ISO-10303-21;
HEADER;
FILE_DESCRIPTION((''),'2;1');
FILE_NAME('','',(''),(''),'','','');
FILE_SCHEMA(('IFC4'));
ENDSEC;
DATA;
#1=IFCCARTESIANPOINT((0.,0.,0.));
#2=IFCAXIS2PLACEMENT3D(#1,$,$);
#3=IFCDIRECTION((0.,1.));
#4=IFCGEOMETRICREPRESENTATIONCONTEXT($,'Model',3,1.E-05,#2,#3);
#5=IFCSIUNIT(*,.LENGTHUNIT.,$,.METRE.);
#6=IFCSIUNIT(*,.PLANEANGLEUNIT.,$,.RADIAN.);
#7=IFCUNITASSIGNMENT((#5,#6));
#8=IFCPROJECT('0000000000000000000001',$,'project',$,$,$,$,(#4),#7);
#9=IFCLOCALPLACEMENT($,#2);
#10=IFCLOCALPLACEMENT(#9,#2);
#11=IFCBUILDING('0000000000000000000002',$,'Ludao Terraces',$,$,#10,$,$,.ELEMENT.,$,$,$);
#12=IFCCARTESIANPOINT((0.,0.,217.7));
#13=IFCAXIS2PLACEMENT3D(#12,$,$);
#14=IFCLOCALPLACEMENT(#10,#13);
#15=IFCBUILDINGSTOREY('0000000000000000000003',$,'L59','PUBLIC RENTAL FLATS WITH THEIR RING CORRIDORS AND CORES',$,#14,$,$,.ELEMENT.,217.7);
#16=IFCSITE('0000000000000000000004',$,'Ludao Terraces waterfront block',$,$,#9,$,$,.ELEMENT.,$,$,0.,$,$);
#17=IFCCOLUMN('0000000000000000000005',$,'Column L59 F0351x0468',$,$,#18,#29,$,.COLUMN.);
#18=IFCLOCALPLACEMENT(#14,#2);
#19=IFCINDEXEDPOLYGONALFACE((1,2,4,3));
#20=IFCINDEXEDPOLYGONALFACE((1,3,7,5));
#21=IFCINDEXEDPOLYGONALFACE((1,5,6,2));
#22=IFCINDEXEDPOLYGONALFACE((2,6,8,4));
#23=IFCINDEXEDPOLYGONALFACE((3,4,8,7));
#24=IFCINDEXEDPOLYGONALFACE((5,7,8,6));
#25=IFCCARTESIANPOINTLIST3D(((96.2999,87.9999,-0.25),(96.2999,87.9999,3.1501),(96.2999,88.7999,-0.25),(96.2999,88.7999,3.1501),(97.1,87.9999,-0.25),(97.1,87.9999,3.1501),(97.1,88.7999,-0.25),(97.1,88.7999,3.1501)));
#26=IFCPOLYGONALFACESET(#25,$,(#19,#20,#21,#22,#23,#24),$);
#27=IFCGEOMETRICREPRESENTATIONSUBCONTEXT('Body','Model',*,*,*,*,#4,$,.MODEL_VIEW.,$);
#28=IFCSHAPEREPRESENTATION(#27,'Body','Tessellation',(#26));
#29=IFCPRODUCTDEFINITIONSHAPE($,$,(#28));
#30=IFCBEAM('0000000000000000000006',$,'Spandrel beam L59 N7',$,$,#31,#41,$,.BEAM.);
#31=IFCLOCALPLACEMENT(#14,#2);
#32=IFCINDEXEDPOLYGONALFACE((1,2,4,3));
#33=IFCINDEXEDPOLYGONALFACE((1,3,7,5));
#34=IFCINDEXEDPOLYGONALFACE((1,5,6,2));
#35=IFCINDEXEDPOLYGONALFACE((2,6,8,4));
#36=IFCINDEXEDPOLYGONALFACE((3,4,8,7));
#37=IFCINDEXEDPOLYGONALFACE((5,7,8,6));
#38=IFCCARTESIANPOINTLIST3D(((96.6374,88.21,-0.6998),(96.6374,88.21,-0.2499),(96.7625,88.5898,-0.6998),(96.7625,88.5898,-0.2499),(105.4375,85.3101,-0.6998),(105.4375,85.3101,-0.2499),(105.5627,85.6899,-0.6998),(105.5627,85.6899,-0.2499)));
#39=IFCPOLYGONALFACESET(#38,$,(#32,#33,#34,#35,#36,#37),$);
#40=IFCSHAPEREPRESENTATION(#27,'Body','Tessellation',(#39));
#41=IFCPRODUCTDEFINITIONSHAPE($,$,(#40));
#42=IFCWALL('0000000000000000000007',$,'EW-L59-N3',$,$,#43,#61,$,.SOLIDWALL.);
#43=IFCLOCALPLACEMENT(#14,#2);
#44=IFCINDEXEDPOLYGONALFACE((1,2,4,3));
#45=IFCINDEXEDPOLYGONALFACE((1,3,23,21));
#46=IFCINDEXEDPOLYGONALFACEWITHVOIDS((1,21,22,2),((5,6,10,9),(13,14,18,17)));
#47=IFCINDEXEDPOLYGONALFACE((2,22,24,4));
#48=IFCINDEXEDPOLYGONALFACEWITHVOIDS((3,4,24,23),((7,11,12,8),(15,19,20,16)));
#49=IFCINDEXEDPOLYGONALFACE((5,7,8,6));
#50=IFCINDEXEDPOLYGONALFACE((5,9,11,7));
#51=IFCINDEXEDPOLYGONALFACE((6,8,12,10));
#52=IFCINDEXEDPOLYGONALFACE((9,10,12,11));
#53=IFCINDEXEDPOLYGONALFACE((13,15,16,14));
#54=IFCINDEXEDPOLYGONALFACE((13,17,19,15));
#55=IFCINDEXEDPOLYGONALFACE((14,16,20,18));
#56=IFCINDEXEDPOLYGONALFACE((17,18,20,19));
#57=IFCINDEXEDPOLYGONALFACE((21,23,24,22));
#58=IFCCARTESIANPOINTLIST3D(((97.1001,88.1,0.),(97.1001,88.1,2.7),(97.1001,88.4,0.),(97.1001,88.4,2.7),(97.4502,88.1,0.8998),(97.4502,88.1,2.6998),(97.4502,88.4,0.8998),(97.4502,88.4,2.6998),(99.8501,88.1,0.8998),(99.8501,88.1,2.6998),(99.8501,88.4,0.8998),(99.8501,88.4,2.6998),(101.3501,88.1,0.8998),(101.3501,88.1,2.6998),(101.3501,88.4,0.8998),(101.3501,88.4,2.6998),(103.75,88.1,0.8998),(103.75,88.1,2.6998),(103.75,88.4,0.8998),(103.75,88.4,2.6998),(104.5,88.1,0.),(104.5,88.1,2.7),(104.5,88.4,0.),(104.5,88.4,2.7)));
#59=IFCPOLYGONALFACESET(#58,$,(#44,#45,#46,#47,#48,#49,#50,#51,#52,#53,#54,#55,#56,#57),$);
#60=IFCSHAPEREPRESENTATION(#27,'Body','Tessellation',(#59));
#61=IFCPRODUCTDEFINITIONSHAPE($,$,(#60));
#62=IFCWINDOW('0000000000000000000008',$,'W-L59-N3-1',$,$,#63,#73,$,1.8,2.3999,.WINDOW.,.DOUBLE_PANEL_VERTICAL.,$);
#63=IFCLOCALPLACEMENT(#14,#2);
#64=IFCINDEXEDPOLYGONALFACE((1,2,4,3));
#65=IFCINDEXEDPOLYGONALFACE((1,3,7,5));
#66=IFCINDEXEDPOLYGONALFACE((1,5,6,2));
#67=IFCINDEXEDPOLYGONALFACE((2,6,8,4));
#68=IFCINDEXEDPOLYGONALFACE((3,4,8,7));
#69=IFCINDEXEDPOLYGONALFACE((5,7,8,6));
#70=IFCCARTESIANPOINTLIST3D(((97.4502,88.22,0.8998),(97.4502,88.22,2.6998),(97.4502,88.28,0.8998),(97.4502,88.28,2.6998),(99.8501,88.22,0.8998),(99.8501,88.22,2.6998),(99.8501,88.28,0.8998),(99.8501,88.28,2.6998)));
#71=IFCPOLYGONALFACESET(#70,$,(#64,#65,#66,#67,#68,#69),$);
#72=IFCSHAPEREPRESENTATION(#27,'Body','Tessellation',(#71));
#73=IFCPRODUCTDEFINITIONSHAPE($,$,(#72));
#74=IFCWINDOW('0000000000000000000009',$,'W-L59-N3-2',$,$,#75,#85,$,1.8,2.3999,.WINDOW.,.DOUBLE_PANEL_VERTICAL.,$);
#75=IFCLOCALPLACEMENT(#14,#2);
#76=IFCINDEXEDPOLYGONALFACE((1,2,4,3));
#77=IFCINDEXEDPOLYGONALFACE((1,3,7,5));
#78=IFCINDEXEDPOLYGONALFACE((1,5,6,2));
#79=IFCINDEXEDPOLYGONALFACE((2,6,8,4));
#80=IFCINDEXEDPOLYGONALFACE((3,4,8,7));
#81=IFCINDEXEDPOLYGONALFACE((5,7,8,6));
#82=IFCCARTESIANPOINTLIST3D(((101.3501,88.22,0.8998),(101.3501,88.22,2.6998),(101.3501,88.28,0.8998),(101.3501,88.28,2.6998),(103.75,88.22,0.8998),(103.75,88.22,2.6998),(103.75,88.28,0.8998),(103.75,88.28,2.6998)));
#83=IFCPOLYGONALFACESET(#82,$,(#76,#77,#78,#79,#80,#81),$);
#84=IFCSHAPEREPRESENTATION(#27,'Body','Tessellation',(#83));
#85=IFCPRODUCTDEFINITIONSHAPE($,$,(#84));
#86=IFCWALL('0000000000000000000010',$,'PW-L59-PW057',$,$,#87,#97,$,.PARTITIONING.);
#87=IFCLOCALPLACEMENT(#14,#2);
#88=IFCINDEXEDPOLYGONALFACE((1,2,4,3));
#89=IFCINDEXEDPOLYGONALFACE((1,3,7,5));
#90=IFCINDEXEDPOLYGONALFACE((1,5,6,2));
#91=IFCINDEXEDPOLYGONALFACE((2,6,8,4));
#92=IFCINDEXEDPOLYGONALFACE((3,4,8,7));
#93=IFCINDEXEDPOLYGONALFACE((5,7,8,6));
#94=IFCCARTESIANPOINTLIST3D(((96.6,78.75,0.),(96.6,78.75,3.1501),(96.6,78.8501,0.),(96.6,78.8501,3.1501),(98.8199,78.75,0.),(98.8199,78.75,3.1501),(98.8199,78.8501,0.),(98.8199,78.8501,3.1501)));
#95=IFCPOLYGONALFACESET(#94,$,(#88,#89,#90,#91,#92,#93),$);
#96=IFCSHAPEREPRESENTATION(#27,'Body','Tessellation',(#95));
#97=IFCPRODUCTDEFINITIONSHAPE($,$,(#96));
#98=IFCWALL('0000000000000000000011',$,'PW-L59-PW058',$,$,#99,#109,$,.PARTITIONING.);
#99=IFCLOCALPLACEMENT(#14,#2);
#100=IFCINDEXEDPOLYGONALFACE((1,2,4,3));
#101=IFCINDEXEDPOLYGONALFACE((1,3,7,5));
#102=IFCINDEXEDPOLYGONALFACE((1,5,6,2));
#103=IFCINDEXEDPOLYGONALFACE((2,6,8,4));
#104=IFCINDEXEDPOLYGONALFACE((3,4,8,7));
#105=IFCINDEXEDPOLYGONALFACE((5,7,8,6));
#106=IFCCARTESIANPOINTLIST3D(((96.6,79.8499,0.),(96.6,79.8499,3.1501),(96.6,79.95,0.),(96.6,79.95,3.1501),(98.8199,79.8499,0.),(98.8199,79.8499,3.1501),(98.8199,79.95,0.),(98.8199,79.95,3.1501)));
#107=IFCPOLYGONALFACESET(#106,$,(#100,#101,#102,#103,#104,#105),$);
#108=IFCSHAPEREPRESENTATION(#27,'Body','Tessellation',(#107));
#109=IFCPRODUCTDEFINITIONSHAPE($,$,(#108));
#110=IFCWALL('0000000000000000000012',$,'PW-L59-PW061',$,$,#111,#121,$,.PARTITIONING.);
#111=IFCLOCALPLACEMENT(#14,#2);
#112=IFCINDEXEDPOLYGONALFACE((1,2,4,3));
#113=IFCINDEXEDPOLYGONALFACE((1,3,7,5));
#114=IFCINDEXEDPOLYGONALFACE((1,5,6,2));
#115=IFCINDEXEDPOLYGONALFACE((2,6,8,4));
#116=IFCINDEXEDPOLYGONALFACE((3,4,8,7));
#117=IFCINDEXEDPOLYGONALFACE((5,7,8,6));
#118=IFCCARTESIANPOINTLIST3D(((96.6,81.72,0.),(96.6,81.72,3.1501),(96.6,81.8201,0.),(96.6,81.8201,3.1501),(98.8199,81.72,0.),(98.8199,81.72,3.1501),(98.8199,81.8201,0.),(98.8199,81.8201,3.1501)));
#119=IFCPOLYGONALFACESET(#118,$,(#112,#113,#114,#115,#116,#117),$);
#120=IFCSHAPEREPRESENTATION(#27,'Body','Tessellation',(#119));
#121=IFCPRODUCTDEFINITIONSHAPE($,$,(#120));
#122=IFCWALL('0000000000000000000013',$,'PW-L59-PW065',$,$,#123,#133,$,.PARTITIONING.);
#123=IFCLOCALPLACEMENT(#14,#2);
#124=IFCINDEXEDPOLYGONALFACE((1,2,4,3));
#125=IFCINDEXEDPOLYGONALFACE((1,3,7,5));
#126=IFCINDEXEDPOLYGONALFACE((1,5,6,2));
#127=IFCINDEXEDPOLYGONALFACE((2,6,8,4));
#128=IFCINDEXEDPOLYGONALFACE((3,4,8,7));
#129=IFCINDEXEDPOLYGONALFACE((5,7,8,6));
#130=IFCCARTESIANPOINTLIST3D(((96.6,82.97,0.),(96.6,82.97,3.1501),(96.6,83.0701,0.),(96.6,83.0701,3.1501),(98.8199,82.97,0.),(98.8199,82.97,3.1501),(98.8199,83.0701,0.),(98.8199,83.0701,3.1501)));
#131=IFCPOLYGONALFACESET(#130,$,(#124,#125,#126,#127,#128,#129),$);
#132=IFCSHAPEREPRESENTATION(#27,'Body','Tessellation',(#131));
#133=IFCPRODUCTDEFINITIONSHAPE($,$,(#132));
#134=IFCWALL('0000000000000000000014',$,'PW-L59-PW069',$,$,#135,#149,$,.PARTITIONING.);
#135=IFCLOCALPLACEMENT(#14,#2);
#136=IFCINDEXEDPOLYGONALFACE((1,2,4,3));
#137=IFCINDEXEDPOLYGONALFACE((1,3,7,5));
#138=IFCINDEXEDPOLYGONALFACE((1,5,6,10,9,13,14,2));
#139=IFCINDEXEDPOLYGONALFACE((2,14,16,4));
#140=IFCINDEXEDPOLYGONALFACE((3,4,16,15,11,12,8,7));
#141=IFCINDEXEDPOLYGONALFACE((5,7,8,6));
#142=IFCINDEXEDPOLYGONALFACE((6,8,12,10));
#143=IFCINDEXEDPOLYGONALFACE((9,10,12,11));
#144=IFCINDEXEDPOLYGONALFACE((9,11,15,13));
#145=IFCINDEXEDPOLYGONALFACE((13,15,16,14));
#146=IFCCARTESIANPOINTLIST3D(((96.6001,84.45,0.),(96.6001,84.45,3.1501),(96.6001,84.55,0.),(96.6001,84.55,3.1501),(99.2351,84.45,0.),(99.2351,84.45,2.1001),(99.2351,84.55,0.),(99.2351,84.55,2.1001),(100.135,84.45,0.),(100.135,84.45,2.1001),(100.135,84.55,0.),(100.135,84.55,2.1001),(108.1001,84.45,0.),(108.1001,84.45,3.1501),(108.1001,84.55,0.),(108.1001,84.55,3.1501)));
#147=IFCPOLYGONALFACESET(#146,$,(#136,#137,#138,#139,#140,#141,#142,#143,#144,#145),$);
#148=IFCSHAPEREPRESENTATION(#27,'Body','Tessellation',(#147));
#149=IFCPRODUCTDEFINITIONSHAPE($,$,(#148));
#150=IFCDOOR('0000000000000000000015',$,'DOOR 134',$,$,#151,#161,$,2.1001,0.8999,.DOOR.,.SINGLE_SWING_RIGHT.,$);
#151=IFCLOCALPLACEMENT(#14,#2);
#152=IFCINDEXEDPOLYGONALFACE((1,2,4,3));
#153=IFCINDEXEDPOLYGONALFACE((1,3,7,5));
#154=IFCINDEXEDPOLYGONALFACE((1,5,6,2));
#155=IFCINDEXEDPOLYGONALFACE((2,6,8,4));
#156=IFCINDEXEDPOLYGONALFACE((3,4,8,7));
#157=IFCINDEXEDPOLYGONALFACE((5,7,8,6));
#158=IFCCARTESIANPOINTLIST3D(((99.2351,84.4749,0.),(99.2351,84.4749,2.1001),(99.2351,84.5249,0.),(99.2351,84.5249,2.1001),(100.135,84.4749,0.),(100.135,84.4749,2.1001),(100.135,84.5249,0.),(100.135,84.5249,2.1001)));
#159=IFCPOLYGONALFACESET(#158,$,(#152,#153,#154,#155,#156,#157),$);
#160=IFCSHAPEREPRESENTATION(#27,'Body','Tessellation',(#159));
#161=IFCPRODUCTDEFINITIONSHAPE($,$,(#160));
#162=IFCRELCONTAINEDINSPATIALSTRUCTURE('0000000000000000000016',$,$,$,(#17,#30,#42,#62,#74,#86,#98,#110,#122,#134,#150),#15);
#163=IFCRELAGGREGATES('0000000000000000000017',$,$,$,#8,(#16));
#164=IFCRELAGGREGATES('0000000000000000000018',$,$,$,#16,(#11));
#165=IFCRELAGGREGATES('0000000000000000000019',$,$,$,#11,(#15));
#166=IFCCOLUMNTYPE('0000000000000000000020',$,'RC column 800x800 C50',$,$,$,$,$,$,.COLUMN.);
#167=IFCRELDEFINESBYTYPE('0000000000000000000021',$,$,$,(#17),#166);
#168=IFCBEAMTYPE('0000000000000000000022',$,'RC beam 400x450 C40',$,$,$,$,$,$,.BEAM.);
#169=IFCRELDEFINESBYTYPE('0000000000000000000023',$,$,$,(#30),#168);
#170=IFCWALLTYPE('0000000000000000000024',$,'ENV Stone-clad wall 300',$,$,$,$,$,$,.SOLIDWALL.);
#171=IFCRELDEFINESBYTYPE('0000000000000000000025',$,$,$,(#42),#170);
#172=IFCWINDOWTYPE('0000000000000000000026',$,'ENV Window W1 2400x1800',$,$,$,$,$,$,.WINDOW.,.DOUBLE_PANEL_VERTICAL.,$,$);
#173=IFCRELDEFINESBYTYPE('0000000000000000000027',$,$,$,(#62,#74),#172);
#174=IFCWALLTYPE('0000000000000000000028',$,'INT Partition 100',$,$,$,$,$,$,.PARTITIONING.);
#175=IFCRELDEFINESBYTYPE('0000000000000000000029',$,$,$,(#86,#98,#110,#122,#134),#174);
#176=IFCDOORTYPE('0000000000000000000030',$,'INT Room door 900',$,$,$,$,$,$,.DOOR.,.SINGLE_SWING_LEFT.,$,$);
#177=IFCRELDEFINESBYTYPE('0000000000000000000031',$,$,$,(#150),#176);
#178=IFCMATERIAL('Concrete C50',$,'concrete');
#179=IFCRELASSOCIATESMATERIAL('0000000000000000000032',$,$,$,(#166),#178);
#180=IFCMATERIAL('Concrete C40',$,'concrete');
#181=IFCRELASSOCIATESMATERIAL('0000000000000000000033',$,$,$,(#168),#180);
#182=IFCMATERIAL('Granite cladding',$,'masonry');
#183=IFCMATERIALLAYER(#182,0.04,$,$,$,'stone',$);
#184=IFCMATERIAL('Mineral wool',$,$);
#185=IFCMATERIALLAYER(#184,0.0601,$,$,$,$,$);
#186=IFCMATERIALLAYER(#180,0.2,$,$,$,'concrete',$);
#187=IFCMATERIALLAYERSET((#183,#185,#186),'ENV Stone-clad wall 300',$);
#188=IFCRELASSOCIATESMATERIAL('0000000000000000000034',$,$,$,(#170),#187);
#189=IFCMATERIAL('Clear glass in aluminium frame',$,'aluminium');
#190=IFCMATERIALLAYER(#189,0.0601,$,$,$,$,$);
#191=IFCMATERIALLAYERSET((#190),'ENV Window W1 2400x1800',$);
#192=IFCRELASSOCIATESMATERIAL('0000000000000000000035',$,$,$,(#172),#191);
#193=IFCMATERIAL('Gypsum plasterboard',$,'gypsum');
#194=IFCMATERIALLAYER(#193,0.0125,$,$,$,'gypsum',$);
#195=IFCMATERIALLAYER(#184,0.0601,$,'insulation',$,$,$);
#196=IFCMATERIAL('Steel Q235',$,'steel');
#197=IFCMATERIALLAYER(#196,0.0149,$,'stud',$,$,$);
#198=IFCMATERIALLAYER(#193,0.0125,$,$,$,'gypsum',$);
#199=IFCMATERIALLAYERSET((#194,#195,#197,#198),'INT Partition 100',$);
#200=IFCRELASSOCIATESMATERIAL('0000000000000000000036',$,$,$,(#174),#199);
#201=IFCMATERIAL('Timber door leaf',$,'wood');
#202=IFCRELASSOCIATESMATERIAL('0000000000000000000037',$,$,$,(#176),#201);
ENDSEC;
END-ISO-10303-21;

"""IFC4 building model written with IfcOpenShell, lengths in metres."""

from ifc_helpers import new_model, si_unit, direction, frame, frame_2d, origin, origin_2d, place, context, subcontext, project, spatial, rectangle, extrude, material, layer, layer_set, material_profile, profile_set, type_object, element, fill, save


model = new_model("IFC4")

# Units and contexts
model_context = context("Model", 3, precision=1e-05, world=origin(), true_north=direction((0.0, 1.0)))
body_context = subcontext(model_context, "Body", "Model", "MODEL_VIEW")
ifc_project = project(units=[si_unit("LENGTHUNIT", "METRE"), si_unit("PLANEANGLEUNIT", "RADIAN")], contexts=[model_context])

# Site, building, storey
site_placement = place(None, origin())
site = spatial("IfcSite", under=ifc_project, at=site_placement, Name="Ludao Terraces waterfront block", CompositionType="ELEMENT", RefElevation=0.0)
building_placement = place(site_placement, origin())
building = spatial("IfcBuilding", under=site, at=building_placement, Name="Ludao Terraces", CompositionType="ELEMENT")
storey_placement = place(building_placement, frame((0.0, 0.0, 217.7)))
storey = spatial("IfcBuildingStorey", under=building, at=storey_placement, Name="L59", Description="PUBLIC RENTAL FLATS WITH THEIR RING CORRIDORS AND CORES", CompositionType="ELEMENT", Elevation=217.7)

# Column
ifc_material_1 = material(Name="Concrete C50", Category="concrete")
ifc_material_profile_1 = material_profile(ifc_material_1, rectangle(XDim=0.8, YDim=0.8, at=origin_2d()), Name="800 X 800")
ifc_profile_set_1 = profile_set([ifc_material_profile_1], Name="Concrete C50")
column_type = type_object("IfcColumnType", Name="RC column 800x800 C50", PredefinedType="COLUMN", material=ifc_profile_set_1)
column_placement = place(storey_placement, frame((96.7, 88.3999, -0.25), z_axis=(0.0, 0.0, 1.0), x_axis=(1.0, 0.0, 0.0)))
element("IfcColumn", 1, at=column_placement, inside=storey, type_object=column_type, Name="Column L59 F0351x0468", PredefinedType="COLUMN", context=body_context, shape_type="SweptSolid", body=[
    extrude(rectangle(XDim=0.8, YDim=0.8, at=origin_2d()), origin(), (0.0, 0.0, 1.0), 3.4001),
])

# Beam
ifc_material_2 = material(Name="Concrete C40", Category="concrete")
ifc_material_profile_2 = material_profile(ifc_material_2, rectangle(XDim=0.3999, YDim=0.45, at=origin_2d()), Name="400 X 450")
ifc_profile_set_2 = profile_set([ifc_material_profile_2], Name="Concrete C40")
beam_type = type_object("IfcBeamType", Name="RC beam 400x450 C40", PredefinedType="BEAM", material=ifc_profile_set_2)
beam_placement = place(storey_placement, frame((96.7, 88.3999, -0.4749), z_axis=(0.949761, -0.312977, 0.0), x_axis=(0.312977, 0.949761, 0.0)))
element("IfcBeam", 2, at=beam_placement, inside=storey, type_object=beam_type, Name="Spandrel beam L59 N7", PredefinedType="BEAM", context=body_context, shape_type="SweptSolid", body=[
    extrude(rectangle(XDim=0.3999, YDim=0.45, at=origin_2d()), origin(), (0.0, 0.0, 1.0), 9.2656),
])

# Wall, openings, windows
ifc_material_3 = material(Name="Granite cladding", Category="masonry")
ifc_layer_1 = layer(ifc_material_3, 0.04, Category="stone")
ifc_material_4 = material(Name="Mineral wool")
ifc_layer_2 = layer(ifc_material_4, 0.0601)
ifc_layer_3 = layer(ifc_material_2, 0.2, Category="concrete")
ifc_layer_set_1 = layer_set([ifc_layer_1, ifc_layer_2, ifc_layer_3], Name="ENV Stone-clad wall 300")
wall_type_1 = type_object("IfcWallType", Name="ENV Stone-clad wall 300", PredefinedType="SOLIDWALL", material=ifc_layer_set_1)
wall_1_placement = place(storey_placement, frame((97.1001, 88.25, 0.0), z_axis=(0.0, 0.0, 1.0), x_axis=(1.0, 0.0, 0.0)))
wall_1 = element("IfcWall", 3, at=wall_1_placement, inside=storey, type_object=wall_type_1, Name="EW-L59-N3", PredefinedType="SOLIDWALL", context=body_context, shape_type="SweptSolid", body=[
    extrude(rectangle(XDim=7.3999, YDim=0.3, at=frame_2d((3.7, 0.0))), origin(), (0.0, 0.0, 1.0), 2.7),
])
opening_1_placement = place(wall_1_placement, frame((0.3501, 0.0, 0.8999)))
opening_1 = element("IfcOpeningElement", 4, at=opening_1_placement, cuts=wall_1, PredefinedType="OPENING", context=body_context, shape_type="SweptSolid", body=[
    extrude(rectangle(XDim=2.3999, YDim=1.8, at=frame_2d((1.2, 0.8999))), frame((0.0, 0.1602, 0.0), z_axis=(0.0, -1.0, 0.0), x_axis=(1.0, 0.0, 0.0)), (0.0, 0.0, 1.0), 0.3201),
])
opening_2_placement = place(wall_1_placement, frame((4.25, 0.0, 0.8999)))
opening_2 = element("IfcOpeningElement", 5, at=opening_2_placement, cuts=wall_1, PredefinedType="OPENING", context=body_context, shape_type="SweptSolid", body=[
    extrude(rectangle(XDim=2.3999, YDim=1.8, at=frame_2d((1.2, 0.8999))), frame((0.0, 0.1602, 0.0), z_axis=(0.0, -1.0, 0.0), x_axis=(1.0, 0.0, 0.0)), (0.0, 0.0, 1.0), 0.3201),
])
ifc_material_5 = material(Name="Clear glass in aluminium frame", Category="aluminium")
ifc_layer_4 = layer(ifc_material_5, 0.0601)
ifc_layer_set_2 = layer_set([ifc_layer_4], Name="ENV Window W1 2400x1800")
window_type = type_object("IfcWindowType", Name="ENV Window W1 2400x1800", PartitioningType="DOUBLE_PANEL_VERTICAL", PredefinedType="WINDOW", material=ifc_layer_set_2)
window_1_placement = place(opening_1_placement, origin())
window_1 = element("IfcWindow", 6, at=window_1_placement, inside=storey, type_object=window_type, Name="W-L59-N3-1", OverallHeight=1.8, OverallWidth=2.3999, PartitioningType="DOUBLE_PANEL_VERTICAL", PredefinedType="WINDOW", context=body_context, shape_type="SweptSolid", body=[
    extrude(rectangle(XDim=2.3999, YDim=1.8, at=frame_2d((1.2, 0.8999))), frame((0.0, 0.03, 0.0), z_axis=(0.0, -1.0, 0.0), x_axis=(1.0, 0.0, 0.0)), (0.0, 0.0, 1.0), 0.0601),
])
fill(opening_1, window_1)
window_2_placement = place(opening_2_placement, origin())
window_2 = element("IfcWindow", 7, at=window_2_placement, inside=storey, type_object=window_type, Name="W-L59-N3-2", OverallHeight=1.8, OverallWidth=2.3999, PartitioningType="DOUBLE_PANEL_VERTICAL", PredefinedType="WINDOW", context=body_context, shape_type="SweptSolid", body=[
    extrude(rectangle(XDim=2.3999, YDim=1.8, at=frame_2d((1.2, 0.8999))), frame((0.0, 0.03, 0.0), z_axis=(0.0, -1.0, 0.0), x_axis=(1.0, 0.0, 0.0)), (0.0, 0.0, 1.0), 0.0601),
])
fill(opening_2, window_2)

# Walls
ifc_material_6 = material(Name="Gypsum plasterboard", Category="gypsum")
ifc_layer_5 = layer(ifc_material_6, 0.0125, Category="gypsum")
ifc_layer_6 = layer(ifc_material_4, 0.0601, Name="insulation")
ifc_material_7 = material(Name="Steel Q235", Category="steel")
ifc_layer_7 = layer(ifc_material_7, 0.0149, Name="stud")
ifc_layer_8 = layer(ifc_material_6, 0.0125, Category="gypsum")
ifc_layer_set_3 = layer_set([ifc_layer_5, ifc_layer_6, ifc_layer_7, ifc_layer_8], Name="INT Partition 100")
wall_type_2 = type_object("IfcWallType", Name="INT Partition 100", PredefinedType="PARTITIONING", material=ifc_layer_set_3)
for number, where, z_axis, x_axis, name in (
    (8, (96.6001, 78.8, 0.0), (0.0, 0.0, 1.0), (1.0, 0.0, 0.0), "PW-L59-PW057"),
    (9, (96.6001, 79.8999, 0.0), (0.0, 0.0, 1.0), (1.0, 0.0, 0.0), "PW-L59-PW058"),
    (10, (96.6001, 81.77, 0.0), (0.0, 0.0, 1.0), (1.0, 0.0, 0.0), "PW-L59-PW061"),
    (11, (96.6001, 83.02, 0.0), (0.0, 0.0, 1.0), (1.0, 0.0, 0.0), "PW-L59-PW065"),
):
    element("IfcWall", number, at=place(storey_placement, frame(where, z_axis=z_axis, x_axis=x_axis)), inside=storey, type_object=wall_type_2, Name=name, PredefinedType="PARTITIONING", context=body_context, shape_type="SweptSolid", body=[
        extrude(rectangle(XDim=2.22, YDim=0.1001, at=frame_2d((1.1099, 0.0))), origin(), (0.0, 0.0, 1.0), 3.1501),
    ])

# Wall, opening, door
wall_2_placement = place(storey_placement, frame((96.6001, 84.5, 0.0), z_axis=(0.0, 0.0, 1.0), x_axis=(1.0, 0.0, 0.0)))
wall_2 = element("IfcWall", 12, at=wall_2_placement, inside=storey, type_object=wall_type_2, Name="PW-L59-PW069", PredefinedType="PARTITIONING", context=body_context, shape_type="SweptSolid", body=[
    extrude(rectangle(XDim=11.5, YDim=0.1001, at=frame_2d((5.75, 0.0))), origin(), (0.0, 0.0, 1.0), 3.1501),
])
opening_3_placement = place(wall_2_placement, frame((2.635, 0.0, 0.0)))
opening_3 = element("IfcOpeningElement", 13, at=opening_3_placement, cuts=wall_2, PredefinedType="OPENING", context=body_context, shape_type="SweptSolid", body=[
    extrude(rectangle(XDim=0.8999, YDim=2.1001, at=frame_2d((0.45, 1.05))), frame((0.0, 0.0601, 0.0), z_axis=(0.0, -1.0, 0.0), x_axis=(1.0, 0.0, 0.0)), (0.0, 0.0, 1.0), 0.1201),
])
ifc_material_8 = material(Name="Timber door leaf", Category="wood")
door_type_1 = type_object("IfcDoorType", Name="INT Room door 900", OperationType="SINGLE_SWING_LEFT", PredefinedType="DOOR", material=ifc_material_8)
door_1_placement = place(opening_3_placement, origin())
door_1 = element("IfcDoor", 14, at=door_1_placement, inside=storey, type_object=door_type_1, Name="DOOR 134", OperationType="SINGLE_SWING_RIGHT", OverallHeight=2.1001, OverallWidth=0.8999, PredefinedType="DOOR", context=body_context, shape_type="SweptSolid", body=[
    extrude(rectangle(XDim=0.8999, YDim=2.1001, at=frame_2d((0.45, 1.05))), frame((0.0, 0.0249, 0.0), z_axis=(0.0, -1.0, 0.0), x_axis=(1.0, 0.0, 0.0)), (0.0, 0.0, 1.0), 0.05),
])
fill(opening_3, door_1)

save(model, "model.ifc")
